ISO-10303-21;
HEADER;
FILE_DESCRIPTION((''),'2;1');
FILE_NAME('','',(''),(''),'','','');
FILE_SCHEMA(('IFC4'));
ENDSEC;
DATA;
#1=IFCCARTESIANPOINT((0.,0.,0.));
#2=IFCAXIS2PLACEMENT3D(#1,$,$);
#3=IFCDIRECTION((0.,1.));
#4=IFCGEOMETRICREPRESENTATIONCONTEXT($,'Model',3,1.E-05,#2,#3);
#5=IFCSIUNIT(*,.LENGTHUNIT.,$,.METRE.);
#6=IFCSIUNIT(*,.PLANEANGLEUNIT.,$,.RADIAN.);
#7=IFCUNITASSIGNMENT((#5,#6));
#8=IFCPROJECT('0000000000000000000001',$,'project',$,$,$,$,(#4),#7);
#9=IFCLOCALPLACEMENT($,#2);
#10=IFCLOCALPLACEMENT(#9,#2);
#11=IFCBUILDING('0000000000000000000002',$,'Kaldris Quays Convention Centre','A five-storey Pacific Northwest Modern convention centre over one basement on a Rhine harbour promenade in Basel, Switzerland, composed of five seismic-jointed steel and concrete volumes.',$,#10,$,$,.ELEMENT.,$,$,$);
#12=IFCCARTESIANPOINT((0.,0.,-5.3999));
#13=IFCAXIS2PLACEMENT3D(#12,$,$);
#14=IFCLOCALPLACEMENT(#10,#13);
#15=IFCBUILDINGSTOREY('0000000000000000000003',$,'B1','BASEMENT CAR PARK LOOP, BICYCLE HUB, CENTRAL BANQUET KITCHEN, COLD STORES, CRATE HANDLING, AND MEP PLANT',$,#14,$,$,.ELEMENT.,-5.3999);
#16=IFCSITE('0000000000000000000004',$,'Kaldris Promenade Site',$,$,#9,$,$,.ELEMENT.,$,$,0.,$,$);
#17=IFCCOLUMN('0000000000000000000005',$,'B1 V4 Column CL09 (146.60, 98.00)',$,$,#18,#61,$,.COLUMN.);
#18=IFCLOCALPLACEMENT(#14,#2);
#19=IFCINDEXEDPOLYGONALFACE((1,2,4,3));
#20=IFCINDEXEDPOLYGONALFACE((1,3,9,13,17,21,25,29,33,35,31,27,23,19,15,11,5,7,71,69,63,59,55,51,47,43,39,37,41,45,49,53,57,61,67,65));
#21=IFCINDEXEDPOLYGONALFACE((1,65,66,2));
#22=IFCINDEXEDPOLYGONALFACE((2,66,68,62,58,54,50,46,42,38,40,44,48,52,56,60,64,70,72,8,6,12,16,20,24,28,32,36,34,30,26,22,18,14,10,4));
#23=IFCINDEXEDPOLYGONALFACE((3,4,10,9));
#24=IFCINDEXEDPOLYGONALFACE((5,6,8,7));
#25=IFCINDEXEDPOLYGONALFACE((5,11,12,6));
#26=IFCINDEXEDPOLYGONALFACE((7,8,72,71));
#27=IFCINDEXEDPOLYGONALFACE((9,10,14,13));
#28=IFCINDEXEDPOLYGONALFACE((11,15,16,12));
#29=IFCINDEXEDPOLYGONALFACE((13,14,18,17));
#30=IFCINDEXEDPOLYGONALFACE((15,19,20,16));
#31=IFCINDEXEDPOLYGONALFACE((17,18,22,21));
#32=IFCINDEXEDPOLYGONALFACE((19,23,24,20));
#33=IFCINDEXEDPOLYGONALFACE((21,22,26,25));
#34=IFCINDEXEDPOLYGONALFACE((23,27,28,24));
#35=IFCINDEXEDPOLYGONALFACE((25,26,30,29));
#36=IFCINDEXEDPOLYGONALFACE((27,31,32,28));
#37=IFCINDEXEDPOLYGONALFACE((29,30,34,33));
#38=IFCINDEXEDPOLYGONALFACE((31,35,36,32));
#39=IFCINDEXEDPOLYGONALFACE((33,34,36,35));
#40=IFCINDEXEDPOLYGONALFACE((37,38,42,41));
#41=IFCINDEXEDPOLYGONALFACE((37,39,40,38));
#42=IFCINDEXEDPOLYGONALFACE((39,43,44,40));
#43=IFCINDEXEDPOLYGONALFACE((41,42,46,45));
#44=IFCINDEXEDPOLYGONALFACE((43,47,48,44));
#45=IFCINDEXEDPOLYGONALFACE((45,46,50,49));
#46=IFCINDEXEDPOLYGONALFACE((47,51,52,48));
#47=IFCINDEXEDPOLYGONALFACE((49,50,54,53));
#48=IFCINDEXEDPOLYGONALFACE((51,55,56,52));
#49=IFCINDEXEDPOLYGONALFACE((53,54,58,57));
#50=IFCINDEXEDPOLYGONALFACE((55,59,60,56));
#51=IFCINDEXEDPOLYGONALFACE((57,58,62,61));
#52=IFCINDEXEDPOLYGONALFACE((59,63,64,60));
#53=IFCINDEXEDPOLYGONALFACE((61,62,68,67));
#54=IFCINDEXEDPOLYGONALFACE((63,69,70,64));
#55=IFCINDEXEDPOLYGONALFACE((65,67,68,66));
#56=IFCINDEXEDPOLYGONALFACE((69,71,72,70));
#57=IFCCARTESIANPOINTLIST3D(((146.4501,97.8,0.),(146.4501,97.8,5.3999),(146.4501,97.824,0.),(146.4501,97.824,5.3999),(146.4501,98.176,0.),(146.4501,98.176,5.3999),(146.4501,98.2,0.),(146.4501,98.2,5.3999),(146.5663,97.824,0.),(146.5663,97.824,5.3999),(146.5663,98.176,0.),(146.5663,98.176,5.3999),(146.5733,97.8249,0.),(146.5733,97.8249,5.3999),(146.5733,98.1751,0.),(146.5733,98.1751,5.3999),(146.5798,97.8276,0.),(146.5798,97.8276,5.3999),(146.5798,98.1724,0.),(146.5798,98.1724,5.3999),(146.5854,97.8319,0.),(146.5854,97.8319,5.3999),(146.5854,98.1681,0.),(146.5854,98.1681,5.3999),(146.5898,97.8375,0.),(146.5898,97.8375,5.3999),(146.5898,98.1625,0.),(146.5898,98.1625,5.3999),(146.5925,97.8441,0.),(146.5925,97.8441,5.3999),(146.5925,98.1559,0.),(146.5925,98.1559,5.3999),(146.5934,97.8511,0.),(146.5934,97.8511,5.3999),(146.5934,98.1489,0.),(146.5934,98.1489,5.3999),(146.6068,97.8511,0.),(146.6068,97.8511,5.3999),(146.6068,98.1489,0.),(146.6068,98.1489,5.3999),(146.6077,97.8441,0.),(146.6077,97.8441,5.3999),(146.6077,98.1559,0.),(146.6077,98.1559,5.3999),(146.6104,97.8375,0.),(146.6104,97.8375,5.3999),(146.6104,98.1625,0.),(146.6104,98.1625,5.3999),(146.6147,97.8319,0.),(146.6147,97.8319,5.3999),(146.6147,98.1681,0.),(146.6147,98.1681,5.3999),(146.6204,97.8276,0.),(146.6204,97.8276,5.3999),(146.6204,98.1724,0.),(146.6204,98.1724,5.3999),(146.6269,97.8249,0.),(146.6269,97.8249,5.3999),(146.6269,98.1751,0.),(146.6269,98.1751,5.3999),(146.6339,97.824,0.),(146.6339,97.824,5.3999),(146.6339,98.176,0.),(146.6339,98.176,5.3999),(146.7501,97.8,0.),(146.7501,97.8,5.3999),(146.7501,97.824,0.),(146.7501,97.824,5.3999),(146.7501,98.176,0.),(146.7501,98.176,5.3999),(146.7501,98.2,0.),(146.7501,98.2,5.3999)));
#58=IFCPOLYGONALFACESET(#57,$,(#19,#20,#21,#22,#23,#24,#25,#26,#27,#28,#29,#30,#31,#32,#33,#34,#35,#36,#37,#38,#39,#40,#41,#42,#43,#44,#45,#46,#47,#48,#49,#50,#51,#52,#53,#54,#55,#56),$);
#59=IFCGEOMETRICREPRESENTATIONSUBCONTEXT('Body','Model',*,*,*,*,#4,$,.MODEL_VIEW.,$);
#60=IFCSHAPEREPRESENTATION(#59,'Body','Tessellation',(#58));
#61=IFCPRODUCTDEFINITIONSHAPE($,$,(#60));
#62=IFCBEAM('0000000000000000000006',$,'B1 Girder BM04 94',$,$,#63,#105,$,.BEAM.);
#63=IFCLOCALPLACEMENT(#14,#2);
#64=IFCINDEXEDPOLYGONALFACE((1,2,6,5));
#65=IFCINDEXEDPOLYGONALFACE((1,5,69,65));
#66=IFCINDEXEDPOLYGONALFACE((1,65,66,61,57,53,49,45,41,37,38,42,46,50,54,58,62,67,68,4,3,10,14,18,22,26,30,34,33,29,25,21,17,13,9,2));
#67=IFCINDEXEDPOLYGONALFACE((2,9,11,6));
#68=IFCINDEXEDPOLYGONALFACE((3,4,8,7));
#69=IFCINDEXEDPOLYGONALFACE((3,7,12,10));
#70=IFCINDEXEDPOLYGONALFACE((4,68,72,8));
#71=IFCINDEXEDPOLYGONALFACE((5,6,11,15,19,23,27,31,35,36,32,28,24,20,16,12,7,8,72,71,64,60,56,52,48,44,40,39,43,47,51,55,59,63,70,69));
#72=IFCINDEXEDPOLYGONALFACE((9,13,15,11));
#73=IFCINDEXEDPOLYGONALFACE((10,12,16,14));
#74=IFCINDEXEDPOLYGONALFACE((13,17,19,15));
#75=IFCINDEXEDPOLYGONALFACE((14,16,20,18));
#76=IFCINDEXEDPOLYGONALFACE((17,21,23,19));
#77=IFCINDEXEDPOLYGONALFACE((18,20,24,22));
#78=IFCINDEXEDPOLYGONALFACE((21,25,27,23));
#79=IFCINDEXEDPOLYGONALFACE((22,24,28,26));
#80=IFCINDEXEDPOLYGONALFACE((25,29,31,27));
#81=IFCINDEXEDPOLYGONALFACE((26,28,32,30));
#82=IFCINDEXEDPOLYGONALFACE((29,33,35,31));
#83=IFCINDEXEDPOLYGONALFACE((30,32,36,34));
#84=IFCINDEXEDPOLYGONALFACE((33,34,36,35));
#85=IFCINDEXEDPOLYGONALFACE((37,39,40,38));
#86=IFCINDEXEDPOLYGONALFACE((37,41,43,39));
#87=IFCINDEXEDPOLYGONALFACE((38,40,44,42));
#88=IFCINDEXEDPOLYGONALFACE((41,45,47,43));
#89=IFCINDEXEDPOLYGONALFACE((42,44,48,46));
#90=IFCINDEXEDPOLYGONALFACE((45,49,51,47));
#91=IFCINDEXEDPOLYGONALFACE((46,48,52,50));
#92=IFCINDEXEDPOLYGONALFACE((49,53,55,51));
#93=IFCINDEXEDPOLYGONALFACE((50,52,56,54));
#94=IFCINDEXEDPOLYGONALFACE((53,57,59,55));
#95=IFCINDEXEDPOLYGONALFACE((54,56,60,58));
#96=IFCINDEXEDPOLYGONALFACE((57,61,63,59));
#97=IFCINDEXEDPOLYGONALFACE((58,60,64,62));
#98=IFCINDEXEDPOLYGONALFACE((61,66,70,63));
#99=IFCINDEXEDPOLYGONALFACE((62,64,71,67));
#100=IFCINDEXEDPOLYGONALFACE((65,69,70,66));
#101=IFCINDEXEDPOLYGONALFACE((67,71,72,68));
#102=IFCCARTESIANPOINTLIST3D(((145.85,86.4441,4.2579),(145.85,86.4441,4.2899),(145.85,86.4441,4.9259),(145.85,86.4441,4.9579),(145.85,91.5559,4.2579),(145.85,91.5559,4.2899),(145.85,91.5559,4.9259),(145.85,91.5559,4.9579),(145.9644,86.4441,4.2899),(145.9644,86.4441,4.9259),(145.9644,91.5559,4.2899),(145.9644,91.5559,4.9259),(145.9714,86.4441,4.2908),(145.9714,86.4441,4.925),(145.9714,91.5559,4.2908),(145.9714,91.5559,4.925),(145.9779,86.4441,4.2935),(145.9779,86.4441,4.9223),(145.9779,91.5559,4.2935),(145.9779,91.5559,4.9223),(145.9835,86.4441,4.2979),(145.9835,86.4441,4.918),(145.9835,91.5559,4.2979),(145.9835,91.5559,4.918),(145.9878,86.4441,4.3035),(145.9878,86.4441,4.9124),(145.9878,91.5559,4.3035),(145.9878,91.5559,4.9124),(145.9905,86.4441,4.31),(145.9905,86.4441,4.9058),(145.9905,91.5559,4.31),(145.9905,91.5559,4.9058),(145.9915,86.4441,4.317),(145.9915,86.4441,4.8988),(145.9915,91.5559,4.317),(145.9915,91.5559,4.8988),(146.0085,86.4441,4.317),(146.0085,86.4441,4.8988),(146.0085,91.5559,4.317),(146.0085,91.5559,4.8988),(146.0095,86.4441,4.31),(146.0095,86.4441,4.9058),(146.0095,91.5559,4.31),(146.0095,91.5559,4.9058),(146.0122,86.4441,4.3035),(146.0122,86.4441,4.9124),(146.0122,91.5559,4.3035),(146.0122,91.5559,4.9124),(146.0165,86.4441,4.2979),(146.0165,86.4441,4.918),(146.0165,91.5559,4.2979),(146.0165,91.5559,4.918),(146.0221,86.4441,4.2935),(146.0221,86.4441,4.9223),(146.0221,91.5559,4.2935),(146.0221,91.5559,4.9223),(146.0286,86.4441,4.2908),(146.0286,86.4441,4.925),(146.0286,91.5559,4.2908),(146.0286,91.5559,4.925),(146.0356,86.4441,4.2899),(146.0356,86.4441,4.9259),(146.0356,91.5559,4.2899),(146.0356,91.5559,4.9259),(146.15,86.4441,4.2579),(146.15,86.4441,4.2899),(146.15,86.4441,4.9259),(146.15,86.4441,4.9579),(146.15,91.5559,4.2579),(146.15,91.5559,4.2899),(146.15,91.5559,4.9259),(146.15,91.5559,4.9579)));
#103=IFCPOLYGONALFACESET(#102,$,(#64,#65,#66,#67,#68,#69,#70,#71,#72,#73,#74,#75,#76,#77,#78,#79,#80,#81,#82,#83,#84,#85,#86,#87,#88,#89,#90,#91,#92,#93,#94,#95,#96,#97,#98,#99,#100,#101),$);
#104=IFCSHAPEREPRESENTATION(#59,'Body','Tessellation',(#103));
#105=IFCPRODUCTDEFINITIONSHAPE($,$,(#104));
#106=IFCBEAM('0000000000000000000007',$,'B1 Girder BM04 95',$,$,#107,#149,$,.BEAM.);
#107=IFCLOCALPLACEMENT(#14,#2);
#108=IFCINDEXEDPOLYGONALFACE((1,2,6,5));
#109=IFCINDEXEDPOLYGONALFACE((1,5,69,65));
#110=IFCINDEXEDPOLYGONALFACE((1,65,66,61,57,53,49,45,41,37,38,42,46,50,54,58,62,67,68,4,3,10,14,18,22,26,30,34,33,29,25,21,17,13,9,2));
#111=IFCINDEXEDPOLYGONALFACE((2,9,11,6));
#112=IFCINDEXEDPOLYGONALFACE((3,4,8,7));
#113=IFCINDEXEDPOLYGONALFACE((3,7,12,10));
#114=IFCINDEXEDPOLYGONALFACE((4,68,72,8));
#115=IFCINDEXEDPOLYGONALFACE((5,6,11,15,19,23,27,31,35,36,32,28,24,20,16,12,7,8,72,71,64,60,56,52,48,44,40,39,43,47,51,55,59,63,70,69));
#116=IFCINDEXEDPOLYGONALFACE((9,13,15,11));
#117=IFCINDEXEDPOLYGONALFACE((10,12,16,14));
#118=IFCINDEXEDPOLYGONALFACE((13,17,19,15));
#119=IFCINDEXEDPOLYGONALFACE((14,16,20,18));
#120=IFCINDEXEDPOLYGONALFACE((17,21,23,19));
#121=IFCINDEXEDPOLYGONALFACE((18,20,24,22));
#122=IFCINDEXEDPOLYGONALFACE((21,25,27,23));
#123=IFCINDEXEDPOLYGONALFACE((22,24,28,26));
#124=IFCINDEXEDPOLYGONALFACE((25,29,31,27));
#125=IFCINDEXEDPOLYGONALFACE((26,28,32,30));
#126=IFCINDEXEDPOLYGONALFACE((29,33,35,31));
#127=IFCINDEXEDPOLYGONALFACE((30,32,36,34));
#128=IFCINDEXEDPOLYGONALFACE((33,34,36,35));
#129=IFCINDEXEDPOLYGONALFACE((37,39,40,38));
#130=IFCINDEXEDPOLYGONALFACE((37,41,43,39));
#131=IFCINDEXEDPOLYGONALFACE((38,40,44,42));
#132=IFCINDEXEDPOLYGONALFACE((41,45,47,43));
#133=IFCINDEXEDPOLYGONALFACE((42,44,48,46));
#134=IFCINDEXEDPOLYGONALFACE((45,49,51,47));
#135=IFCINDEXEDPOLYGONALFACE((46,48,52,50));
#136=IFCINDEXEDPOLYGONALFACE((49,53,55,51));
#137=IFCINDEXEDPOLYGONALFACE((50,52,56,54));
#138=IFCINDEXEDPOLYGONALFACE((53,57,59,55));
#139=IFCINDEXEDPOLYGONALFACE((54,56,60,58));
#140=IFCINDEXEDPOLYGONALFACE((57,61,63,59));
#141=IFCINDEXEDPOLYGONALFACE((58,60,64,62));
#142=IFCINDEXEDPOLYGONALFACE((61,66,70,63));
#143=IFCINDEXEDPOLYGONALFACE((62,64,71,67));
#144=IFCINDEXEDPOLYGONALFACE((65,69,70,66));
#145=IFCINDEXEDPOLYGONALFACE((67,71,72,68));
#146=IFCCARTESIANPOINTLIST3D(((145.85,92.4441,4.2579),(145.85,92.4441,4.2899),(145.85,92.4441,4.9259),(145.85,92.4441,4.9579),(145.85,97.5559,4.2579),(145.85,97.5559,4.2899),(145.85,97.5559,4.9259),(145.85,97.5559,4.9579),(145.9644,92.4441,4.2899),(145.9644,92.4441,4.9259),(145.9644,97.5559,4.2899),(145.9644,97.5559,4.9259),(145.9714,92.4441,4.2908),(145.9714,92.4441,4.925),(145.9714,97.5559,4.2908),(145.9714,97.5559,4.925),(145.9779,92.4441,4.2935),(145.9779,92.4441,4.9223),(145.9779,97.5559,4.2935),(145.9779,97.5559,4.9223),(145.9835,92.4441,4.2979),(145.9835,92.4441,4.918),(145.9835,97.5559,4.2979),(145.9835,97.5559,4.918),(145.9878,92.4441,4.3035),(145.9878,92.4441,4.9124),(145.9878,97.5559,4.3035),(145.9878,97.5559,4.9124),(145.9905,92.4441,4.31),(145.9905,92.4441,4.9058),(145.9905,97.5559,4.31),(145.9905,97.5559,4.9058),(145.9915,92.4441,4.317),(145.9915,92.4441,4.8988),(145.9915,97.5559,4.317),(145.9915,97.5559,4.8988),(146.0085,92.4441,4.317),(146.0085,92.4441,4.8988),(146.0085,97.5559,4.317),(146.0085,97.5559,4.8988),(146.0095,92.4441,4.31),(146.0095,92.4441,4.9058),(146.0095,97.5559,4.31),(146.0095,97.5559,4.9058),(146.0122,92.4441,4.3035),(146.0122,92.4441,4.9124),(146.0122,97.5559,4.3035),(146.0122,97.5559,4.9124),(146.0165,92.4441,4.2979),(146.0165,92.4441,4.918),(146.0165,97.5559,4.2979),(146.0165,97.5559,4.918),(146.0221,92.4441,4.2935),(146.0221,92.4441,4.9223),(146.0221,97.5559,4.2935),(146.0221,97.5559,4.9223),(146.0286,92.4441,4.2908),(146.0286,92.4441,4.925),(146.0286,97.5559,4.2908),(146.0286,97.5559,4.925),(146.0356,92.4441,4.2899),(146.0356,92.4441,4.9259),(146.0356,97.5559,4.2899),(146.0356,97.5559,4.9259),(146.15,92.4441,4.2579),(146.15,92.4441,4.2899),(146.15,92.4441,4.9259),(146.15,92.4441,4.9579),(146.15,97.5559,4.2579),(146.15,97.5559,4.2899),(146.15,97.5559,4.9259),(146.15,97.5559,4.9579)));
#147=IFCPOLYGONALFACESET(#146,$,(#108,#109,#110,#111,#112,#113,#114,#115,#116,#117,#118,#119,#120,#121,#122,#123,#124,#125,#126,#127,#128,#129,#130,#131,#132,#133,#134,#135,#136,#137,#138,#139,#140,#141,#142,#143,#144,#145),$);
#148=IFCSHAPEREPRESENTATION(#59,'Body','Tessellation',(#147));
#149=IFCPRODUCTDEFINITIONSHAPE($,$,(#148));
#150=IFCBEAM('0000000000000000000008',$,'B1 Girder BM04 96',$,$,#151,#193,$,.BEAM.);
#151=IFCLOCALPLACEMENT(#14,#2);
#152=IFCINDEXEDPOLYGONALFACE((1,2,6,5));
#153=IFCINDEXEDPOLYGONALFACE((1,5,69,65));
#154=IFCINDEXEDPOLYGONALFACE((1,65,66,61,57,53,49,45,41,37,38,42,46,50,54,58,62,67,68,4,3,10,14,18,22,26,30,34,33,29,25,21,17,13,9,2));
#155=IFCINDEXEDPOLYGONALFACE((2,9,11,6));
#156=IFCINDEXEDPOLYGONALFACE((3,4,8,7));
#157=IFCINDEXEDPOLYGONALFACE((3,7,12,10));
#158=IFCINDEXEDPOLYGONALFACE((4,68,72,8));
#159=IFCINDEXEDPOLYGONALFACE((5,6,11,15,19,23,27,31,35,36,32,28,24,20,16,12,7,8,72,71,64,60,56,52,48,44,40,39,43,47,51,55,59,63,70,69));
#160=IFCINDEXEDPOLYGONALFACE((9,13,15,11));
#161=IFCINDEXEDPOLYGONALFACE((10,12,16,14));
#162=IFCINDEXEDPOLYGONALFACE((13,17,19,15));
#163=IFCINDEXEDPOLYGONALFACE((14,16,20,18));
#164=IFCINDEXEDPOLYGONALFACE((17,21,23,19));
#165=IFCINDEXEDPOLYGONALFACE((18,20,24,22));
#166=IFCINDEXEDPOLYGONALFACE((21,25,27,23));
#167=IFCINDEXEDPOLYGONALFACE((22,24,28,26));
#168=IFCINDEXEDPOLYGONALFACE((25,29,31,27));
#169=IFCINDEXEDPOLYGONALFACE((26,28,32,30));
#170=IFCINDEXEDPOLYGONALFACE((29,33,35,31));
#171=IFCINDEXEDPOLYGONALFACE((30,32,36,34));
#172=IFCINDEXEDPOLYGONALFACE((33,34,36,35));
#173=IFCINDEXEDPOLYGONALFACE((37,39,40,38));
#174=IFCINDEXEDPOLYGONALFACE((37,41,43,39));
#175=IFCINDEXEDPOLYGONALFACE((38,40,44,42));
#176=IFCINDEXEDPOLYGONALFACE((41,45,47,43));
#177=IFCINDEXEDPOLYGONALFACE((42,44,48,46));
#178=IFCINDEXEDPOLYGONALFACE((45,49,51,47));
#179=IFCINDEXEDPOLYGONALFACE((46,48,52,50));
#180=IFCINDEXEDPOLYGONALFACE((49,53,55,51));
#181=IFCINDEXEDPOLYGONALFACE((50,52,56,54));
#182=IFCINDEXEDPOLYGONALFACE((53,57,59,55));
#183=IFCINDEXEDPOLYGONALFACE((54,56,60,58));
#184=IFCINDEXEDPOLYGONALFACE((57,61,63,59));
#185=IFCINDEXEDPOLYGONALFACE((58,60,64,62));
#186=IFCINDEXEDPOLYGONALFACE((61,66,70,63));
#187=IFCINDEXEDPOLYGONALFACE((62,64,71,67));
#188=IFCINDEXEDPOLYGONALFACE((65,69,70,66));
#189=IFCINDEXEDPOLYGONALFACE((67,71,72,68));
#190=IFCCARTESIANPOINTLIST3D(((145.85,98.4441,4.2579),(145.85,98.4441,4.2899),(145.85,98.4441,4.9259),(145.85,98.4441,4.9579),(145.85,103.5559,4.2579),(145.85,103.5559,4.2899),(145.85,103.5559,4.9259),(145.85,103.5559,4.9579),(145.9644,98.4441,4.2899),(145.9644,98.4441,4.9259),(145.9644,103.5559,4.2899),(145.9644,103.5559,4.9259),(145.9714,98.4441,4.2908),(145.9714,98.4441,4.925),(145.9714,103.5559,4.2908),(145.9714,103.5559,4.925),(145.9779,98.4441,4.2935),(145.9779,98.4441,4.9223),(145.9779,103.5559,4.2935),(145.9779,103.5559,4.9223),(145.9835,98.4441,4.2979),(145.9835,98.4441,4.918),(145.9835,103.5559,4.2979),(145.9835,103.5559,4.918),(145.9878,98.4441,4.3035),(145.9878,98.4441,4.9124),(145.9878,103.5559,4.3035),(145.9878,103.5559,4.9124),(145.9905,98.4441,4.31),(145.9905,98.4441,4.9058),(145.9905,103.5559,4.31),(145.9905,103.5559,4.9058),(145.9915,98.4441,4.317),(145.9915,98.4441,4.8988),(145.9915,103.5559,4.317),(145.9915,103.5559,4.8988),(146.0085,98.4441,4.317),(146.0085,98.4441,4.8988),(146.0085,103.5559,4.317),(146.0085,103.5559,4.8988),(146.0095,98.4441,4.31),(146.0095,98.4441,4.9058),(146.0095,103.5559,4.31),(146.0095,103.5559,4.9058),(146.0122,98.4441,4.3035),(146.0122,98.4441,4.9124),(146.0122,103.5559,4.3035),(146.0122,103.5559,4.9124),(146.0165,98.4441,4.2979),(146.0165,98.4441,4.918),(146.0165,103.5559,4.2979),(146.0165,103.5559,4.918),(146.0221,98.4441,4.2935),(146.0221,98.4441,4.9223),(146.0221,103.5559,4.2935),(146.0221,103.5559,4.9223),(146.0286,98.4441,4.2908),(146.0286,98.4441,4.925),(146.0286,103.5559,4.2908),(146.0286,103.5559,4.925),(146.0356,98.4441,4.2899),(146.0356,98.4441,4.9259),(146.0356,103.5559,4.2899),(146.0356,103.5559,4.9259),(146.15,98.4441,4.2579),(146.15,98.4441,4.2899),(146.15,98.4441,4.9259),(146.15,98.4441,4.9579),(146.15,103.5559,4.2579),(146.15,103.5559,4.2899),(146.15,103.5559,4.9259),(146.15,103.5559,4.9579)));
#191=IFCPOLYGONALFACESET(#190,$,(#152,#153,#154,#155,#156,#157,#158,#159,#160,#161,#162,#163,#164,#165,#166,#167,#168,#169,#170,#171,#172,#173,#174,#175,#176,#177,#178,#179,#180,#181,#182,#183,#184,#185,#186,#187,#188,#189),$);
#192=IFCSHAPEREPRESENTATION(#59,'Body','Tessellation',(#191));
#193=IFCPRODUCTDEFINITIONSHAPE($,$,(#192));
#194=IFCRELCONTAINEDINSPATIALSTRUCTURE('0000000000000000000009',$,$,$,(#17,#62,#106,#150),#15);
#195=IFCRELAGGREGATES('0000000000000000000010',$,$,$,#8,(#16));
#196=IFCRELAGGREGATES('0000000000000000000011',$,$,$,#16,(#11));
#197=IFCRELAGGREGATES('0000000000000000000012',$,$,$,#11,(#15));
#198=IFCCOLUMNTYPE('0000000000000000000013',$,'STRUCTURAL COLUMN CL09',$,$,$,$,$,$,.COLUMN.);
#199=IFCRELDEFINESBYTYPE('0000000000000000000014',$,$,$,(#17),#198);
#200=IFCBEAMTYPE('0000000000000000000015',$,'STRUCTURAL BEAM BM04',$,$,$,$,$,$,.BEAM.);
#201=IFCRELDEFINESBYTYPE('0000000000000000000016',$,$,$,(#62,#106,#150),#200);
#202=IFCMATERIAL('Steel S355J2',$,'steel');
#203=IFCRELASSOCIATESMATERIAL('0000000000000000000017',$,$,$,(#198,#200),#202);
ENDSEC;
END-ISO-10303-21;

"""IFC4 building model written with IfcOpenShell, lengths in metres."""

from ifc_helpers import new_model, si_unit, direction, frame, origin, origin_2d, place, context, subcontext, project, spatial, i_section, extrude, material, material_profile, profile_set, type_object, element, save


model = new_model("IFC4")

# Units and contexts
model_context = context("Model", 3, precision=1e-05, world=origin(), true_north=direction((0.0, 1.0)))
body_context = subcontext(model_context, "Body", "Model", "MODEL_VIEW")
ifc_project = project(units=[si_unit("LENGTHUNIT", "METRE"), si_unit("PLANEANGLEUNIT", "RADIAN")], contexts=[model_context])

# Site, building, storey
site_placement = place(None, origin())
site = spatial("IfcSite", under=ifc_project, at=site_placement, Name="Kaldris Promenade Site", CompositionType="ELEMENT", RefElevation=0.0)
building_placement = place(site_placement, origin())
building = spatial("IfcBuilding", under=site, at=building_placement, Name="Kaldris Quays Convention Centre", Description="A five-storey Pacific Northwest Modern convention centre over one basement on a Rhine harbour promenade in Basel, Switzerland, composed of five seismic-jointed steel and concrete volumes.", CompositionType="ELEMENT")
storey_placement = place(building_placement, frame((0.0, 0.0, -5.3999)))
storey = spatial("IfcBuildingStorey", under=building, at=storey_placement, Name="B1", Description="BASEMENT CAR PARK LOOP, BICYCLE HUB, CENTRAL BANQUET KITCHEN, COLD STORES, CRATE HANDLING, AND MEP PLANT", CompositionType="ELEMENT", Elevation=-5.3999)

# Column
ifc_material_1 = material(Name="Steel S355J2", Category="steel")
ifc_material_profile_1 = material_profile(ifc_material_1, i_section(OverallWidth=0.3, OverallDepth=0.3999, WebThickness=0.0134, FlangeThickness=0.0239, FilletRadius=0.0271, at=origin_2d()), Name="HEB 400")
ifc_profile_set_1 = profile_set([ifc_material_profile_1], Name="Steel S355J2")
column_type_1 = type_object("IfcColumnType", Name="STRUCTURAL COLUMN CL09", PredefinedType="COLUMN", material=ifc_profile_set_1)
for number, where, z_axis, x_axis, name in (
    (1, (146.6001, 98.0, 0.0), (0.0, 0.0, 1.0), (1.0, 0.0, 0.0), "B1 V4 Column CL09 (146.60, 98.00)"),
):
    element("IfcColumn", number, at=place(storey_placement, frame(where, z_axis=z_axis, x_axis=x_axis)), inside=storey, type_object=column_type_1, Name=name, PredefinedType="COLUMN", context=body_context, shape_type="SweptSolid", body=[
        extrude(i_section(OverallWidth=0.3, OverallDepth=0.3999, WebThickness=0.0134, FlangeThickness=0.0239, FilletRadius=0.0271, at=origin_2d()), origin(), (0.0, 0.0, 1.0), 5.3999),
    ])

# Beams
ifc_material_profile_2 = material_profile(ifc_material_1, i_section(OverallWidth=0.3, OverallDepth=0.7, WebThickness=0.0171, FlangeThickness=0.032, FilletRadius=0.0271, at=origin_2d()), Name="HEB 700")
ifc_profile_set_2 = profile_set([ifc_material_profile_2], Name="Steel S355J2")
beam_type_1 = type_object("IfcBeamType", Name="STRUCTURAL BEAM BM04", PredefinedType="BEAM", material=ifc_profile_set_2)
for number, where, z_axis, x_axis, name in (
    (2, (146.0, 86.4441, 4.6079), (0.0, 1.0, 0.0), (-1.0, 0.0, 0.0), "B1 Girder BM04 94"),
    (3, (146.0, 92.4441, 4.6079), (0.0, 1.0, 0.0), (-1.0, 0.0, 0.0), "B1 Girder BM04 95"),
    (4, (146.0, 98.4441, 4.6079), (0.0, 1.0, 0.0), (-1.0, 0.0, 0.0), "B1 Girder BM04 96"),
):
    element("IfcBeam", number, at=place(storey_placement, frame(where, z_axis=z_axis, x_axis=x_axis)), inside=storey, type_object=beam_type_1, Name=name, PredefinedType="BEAM", context=body_context, shape_type="SweptSolid", body=[
        extrude(i_section(OverallWidth=0.3, OverallDepth=0.7, WebThickness=0.0171, FlangeThickness=0.032, FilletRadius=0.0271, at=origin_2d()), origin(), (0.0, 0.0, 1.0), 5.1118),
    ])

save(model, "model.ifc")
